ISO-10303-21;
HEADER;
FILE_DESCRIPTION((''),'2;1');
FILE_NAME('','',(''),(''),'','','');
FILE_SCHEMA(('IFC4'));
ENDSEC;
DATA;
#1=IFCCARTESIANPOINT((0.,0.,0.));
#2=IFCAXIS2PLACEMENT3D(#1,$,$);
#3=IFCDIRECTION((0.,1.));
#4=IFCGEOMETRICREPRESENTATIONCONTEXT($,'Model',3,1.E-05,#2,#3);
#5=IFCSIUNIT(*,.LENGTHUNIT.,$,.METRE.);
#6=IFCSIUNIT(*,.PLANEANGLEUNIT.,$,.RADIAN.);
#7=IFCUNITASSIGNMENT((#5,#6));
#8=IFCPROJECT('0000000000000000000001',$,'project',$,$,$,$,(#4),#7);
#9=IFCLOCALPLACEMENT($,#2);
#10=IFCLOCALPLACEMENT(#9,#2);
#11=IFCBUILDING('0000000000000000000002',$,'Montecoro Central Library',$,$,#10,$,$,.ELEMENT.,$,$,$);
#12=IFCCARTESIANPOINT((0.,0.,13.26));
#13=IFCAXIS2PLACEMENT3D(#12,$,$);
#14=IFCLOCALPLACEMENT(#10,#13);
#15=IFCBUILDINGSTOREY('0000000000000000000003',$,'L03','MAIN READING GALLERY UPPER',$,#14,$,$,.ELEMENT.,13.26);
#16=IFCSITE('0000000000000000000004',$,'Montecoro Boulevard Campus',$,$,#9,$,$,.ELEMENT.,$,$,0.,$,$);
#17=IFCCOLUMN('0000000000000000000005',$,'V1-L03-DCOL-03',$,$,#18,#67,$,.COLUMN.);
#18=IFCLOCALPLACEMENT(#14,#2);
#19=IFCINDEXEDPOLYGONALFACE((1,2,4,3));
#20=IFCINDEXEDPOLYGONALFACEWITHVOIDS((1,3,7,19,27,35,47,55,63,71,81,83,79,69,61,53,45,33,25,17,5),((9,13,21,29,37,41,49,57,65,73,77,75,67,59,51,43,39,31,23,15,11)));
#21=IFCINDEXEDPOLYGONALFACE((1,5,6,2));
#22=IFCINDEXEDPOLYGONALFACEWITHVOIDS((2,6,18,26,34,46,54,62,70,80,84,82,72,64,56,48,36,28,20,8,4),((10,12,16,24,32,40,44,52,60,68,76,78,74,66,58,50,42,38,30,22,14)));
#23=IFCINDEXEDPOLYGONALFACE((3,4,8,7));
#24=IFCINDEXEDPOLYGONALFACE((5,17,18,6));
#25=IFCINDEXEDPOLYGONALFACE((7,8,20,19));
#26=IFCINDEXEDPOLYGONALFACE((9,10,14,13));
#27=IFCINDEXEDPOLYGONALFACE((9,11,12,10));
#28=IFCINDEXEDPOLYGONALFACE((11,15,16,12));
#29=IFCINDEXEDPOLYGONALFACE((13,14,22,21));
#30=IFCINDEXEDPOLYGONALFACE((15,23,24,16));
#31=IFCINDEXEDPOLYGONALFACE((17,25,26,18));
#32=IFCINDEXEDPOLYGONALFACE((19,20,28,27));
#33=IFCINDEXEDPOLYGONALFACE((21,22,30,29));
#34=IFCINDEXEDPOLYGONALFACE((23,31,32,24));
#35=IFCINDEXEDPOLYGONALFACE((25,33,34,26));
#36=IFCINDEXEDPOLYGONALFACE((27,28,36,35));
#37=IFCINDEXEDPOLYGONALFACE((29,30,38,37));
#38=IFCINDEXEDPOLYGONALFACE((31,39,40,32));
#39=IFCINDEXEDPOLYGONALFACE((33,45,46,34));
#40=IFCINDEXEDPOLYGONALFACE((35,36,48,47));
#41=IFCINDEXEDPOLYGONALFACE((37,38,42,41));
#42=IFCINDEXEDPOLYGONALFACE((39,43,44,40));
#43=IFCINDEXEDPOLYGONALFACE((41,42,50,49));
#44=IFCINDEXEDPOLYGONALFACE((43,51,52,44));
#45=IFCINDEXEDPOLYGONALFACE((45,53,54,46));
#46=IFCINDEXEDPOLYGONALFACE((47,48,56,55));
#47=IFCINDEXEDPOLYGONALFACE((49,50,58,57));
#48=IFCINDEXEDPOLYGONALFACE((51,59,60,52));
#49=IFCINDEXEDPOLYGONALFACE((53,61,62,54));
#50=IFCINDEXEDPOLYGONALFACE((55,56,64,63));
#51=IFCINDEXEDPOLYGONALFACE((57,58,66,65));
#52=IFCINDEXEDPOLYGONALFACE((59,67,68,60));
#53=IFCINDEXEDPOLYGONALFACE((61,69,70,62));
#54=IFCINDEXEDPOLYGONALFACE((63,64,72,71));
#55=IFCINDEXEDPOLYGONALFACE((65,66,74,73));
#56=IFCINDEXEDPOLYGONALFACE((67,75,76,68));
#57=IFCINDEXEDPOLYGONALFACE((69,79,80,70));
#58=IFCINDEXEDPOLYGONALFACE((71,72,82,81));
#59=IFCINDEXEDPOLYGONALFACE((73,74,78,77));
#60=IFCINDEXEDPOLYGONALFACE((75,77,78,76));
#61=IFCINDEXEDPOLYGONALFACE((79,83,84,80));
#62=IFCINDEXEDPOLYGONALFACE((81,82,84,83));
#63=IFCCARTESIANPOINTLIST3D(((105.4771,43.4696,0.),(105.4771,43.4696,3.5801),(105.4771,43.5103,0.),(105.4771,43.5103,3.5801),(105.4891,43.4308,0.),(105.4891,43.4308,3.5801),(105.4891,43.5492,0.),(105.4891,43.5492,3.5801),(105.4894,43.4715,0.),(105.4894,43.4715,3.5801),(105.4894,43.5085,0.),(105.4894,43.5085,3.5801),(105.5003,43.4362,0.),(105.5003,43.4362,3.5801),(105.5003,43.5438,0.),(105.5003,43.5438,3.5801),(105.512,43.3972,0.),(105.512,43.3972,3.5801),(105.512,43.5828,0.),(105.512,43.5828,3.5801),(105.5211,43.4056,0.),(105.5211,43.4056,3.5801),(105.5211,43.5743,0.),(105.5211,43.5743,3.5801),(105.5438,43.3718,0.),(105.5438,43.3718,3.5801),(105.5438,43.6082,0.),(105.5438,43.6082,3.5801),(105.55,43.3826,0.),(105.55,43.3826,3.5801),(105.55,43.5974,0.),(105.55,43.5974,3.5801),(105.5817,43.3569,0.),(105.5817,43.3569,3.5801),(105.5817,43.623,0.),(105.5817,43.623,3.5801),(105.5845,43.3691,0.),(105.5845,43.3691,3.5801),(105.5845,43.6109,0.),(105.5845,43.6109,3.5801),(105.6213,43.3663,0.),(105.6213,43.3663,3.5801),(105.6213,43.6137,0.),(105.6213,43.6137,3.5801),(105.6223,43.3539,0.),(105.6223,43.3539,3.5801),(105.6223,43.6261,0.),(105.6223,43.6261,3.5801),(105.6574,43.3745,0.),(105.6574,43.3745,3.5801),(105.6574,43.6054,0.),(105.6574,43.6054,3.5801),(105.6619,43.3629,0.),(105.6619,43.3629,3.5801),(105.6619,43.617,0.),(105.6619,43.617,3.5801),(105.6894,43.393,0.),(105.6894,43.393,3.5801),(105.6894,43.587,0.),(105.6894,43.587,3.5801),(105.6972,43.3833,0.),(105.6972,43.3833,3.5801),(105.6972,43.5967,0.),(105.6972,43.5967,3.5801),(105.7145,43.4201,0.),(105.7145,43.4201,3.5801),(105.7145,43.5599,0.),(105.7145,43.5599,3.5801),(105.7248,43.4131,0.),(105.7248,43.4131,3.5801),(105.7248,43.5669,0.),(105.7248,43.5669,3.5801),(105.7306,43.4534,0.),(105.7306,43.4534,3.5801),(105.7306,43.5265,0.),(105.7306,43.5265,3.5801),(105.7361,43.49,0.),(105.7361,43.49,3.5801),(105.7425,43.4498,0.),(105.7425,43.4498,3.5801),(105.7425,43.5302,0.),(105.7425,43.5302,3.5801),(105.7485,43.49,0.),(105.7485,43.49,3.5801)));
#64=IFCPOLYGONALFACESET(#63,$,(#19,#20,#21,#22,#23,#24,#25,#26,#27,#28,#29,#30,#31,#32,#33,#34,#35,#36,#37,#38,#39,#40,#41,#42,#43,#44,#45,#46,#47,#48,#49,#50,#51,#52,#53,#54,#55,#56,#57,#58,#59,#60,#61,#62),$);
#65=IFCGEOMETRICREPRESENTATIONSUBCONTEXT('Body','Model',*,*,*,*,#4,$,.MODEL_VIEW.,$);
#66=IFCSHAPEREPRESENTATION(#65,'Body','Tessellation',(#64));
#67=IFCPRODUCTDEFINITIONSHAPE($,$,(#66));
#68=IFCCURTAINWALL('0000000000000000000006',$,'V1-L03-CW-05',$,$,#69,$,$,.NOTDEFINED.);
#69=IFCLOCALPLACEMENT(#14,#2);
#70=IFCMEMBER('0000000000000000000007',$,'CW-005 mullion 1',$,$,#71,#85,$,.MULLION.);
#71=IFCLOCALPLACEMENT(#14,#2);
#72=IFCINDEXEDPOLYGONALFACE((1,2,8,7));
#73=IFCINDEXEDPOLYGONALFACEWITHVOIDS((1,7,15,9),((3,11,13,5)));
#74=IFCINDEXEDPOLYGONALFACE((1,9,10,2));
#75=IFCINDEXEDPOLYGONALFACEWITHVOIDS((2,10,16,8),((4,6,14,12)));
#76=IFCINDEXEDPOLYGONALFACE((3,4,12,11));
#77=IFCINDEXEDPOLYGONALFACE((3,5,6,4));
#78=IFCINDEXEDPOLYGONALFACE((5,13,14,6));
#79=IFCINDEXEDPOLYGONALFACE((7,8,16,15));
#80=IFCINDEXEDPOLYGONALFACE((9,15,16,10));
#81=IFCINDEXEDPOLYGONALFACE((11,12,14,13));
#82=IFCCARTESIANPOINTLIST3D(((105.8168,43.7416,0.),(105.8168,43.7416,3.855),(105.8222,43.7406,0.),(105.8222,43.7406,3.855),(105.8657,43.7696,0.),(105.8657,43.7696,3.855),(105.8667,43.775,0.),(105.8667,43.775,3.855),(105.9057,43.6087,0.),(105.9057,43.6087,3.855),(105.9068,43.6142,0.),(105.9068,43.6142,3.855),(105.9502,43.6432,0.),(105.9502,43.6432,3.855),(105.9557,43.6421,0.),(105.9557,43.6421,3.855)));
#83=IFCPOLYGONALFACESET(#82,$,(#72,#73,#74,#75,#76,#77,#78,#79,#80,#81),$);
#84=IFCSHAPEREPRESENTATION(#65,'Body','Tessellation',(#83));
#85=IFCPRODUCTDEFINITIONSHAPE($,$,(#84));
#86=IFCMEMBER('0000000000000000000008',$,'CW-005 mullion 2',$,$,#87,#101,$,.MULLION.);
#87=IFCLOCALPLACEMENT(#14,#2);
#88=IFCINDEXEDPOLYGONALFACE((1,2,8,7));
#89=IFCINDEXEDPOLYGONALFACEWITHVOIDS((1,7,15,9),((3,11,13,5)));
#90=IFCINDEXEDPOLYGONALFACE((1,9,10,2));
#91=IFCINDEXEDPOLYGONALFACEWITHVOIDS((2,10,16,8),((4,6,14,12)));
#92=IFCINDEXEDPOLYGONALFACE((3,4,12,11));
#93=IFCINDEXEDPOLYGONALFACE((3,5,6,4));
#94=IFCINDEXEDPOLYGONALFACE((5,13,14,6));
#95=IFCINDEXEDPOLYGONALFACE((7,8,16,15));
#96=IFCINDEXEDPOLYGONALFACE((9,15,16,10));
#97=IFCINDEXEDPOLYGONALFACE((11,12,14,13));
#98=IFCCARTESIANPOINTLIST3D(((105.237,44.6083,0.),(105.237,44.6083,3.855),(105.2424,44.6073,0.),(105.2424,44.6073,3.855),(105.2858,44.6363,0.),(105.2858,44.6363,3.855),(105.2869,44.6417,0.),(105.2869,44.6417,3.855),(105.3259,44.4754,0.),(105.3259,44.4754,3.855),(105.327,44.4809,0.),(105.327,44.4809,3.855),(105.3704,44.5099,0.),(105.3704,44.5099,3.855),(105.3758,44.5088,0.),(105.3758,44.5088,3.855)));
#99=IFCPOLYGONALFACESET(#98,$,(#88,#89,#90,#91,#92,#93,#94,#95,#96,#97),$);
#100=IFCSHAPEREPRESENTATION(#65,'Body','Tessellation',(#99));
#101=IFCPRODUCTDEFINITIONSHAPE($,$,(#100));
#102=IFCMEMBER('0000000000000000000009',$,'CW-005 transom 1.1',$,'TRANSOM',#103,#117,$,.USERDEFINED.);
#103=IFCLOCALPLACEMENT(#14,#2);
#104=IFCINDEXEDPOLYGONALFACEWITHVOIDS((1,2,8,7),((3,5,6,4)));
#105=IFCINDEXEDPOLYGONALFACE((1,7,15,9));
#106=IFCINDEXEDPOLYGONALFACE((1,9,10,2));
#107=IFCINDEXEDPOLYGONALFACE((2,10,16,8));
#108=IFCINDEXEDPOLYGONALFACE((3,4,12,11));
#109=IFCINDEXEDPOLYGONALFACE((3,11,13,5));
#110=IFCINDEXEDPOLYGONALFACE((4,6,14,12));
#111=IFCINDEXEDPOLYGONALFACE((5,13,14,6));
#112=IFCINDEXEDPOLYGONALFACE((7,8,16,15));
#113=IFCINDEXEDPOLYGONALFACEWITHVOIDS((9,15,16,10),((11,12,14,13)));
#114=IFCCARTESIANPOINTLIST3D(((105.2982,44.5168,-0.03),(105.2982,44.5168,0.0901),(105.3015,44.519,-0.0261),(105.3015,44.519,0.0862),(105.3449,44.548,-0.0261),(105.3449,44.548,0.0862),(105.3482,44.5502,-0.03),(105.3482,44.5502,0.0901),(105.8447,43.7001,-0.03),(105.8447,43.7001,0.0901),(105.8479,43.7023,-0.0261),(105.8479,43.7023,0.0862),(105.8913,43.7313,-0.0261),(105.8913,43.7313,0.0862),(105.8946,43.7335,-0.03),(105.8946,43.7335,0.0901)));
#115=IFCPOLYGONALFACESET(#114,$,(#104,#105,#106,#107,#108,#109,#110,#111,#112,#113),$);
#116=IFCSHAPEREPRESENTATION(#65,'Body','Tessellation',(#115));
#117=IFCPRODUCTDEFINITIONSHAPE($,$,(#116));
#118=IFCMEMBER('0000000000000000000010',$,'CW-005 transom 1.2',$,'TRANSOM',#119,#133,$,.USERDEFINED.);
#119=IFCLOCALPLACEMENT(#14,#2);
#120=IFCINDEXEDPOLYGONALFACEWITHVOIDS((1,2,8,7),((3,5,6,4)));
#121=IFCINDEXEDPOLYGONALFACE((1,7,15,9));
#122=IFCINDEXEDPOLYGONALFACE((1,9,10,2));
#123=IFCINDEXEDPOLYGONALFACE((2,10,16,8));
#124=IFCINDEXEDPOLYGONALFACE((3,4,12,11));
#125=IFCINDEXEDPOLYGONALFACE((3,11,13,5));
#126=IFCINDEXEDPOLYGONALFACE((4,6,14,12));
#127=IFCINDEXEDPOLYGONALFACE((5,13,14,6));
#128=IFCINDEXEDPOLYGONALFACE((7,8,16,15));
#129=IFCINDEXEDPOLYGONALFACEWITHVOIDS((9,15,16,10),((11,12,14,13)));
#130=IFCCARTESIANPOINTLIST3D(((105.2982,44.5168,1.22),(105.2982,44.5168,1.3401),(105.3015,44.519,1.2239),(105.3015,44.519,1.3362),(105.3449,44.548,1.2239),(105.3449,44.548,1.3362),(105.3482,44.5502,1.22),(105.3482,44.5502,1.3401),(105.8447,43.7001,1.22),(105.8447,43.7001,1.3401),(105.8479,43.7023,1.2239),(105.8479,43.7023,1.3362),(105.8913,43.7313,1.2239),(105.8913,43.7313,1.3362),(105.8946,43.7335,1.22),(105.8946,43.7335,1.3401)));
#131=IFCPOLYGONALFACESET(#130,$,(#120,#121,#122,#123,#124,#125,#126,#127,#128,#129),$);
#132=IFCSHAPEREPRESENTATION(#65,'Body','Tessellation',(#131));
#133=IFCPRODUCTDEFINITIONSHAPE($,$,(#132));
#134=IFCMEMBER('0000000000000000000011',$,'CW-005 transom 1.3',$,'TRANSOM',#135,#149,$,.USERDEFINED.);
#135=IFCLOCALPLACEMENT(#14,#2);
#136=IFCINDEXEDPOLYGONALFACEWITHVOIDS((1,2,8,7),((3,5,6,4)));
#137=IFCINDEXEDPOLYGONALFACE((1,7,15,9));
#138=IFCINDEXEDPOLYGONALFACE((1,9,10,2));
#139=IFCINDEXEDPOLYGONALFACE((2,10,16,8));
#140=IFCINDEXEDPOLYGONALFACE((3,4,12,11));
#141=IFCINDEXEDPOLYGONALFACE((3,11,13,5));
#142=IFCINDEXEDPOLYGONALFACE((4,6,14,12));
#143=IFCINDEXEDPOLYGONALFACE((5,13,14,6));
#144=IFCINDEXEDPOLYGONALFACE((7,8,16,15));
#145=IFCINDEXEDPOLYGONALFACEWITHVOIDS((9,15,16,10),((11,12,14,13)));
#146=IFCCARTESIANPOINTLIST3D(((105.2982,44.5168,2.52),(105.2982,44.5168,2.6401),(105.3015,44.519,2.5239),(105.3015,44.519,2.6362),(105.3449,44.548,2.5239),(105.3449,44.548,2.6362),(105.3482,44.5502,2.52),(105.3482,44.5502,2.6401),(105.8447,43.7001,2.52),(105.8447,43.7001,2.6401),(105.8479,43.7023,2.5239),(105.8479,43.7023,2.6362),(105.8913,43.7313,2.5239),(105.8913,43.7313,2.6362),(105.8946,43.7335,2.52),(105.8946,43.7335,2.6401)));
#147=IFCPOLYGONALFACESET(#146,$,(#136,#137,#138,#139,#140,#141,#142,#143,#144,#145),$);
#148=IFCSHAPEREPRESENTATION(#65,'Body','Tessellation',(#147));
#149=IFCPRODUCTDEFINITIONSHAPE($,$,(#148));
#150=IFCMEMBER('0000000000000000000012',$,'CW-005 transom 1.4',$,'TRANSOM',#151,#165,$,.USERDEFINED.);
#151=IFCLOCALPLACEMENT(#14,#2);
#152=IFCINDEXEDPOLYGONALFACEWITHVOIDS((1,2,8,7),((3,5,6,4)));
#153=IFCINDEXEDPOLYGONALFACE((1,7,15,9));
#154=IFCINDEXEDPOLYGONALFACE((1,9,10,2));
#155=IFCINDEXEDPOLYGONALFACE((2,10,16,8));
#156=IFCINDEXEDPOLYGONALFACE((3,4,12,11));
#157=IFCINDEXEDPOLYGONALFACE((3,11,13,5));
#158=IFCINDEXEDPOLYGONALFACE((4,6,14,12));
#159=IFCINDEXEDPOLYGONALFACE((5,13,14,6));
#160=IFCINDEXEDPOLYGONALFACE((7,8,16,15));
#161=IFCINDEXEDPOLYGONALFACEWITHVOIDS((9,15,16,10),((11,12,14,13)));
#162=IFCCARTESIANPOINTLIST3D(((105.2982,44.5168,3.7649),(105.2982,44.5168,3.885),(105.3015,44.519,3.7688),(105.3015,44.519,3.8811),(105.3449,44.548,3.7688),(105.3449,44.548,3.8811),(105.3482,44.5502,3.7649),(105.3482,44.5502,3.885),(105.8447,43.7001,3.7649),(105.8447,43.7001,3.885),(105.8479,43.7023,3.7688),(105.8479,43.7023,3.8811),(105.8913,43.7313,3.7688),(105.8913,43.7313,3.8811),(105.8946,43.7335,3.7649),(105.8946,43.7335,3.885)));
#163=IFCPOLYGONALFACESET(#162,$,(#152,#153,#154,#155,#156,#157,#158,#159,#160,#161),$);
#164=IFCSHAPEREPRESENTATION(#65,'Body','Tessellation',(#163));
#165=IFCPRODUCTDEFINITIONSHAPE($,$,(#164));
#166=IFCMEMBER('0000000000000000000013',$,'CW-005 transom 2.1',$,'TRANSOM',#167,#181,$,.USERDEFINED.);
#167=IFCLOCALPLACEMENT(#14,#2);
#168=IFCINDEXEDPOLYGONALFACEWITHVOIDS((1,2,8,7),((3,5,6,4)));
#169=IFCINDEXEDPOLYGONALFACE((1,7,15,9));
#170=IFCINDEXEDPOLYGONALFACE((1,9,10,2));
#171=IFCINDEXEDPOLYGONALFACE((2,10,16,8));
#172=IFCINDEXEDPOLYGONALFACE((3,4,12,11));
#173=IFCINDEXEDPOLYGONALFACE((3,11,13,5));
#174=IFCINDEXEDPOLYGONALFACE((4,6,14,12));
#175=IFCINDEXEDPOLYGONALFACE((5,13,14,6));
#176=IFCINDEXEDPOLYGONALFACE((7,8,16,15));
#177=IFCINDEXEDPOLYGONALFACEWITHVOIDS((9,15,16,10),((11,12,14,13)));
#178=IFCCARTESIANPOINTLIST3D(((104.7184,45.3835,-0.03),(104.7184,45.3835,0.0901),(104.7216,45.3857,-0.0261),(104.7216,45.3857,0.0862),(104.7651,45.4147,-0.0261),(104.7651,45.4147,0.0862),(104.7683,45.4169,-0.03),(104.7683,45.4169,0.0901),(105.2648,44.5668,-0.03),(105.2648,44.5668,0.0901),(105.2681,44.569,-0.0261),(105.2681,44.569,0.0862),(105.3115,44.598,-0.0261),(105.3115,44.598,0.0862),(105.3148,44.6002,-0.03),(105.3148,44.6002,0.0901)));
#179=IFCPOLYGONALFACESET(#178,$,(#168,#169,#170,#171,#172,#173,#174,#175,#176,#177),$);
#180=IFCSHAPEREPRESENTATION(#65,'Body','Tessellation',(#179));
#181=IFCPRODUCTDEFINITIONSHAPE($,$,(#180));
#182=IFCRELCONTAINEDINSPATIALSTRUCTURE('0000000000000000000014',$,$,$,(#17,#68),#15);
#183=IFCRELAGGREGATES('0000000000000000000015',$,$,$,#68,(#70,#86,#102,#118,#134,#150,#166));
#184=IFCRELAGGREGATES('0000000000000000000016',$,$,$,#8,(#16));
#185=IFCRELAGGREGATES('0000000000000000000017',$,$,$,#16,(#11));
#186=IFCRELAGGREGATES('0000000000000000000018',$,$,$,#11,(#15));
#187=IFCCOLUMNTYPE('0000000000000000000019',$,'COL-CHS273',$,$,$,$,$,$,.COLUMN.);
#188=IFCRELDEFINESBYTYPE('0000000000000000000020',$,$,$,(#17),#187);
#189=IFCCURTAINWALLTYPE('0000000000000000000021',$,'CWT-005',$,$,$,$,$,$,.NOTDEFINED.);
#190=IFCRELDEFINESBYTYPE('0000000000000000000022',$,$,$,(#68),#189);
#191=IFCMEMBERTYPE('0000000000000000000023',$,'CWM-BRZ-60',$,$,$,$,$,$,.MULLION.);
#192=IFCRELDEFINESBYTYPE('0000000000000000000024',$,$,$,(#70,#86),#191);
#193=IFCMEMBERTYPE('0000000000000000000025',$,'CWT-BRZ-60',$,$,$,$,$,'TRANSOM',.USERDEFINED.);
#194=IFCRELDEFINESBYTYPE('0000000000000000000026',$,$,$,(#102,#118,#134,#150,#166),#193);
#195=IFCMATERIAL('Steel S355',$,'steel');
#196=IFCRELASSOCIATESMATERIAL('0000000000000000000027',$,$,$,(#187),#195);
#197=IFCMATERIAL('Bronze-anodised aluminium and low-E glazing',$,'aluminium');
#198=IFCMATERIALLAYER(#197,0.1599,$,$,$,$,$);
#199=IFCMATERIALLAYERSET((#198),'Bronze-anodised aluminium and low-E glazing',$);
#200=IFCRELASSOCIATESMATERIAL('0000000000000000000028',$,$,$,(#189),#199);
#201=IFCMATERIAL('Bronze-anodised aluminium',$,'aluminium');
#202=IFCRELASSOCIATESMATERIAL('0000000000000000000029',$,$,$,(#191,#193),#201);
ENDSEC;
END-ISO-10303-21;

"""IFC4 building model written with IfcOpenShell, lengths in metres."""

from ifc_helpers import new_model, si_unit, direction, frame, origin, origin_2d, place, context, subcontext, project, spatial, hollow_rectangle, hollow_circle, extrude, material, layer, layer_set, material_profile, profile_set, type_object, element, aggregate, save


model = new_model("IFC4")

# Units and contexts
model_context = context("Model", 3, precision=1e-05, world=origin(), true_north=direction((0.0, 1.0)))
body_context = subcontext(model_context, "Body", "Model", "MODEL_VIEW")
ifc_project = project(units=[si_unit("LENGTHUNIT", "METRE"), si_unit("PLANEANGLEUNIT", "RADIAN")], contexts=[model_context])

# Site, building, storey
site_placement = place(None, origin())
site = spatial("IfcSite", under=ifc_project, at=site_placement, Name="Montecoro Boulevard Campus", CompositionType="ELEMENT", RefElevation=0.0)
building_placement = place(site_placement, origin())
building = spatial("IfcBuilding", under=site, at=building_placement, Name="Montecoro Central Library", CompositionType="ELEMENT")
storey_placement = place(building_placement, frame((0.0, 0.0, 13.26)))
storey = spatial("IfcBuildingStorey", under=building, at=storey_placement, Name="L03", Description="MAIN READING GALLERY UPPER", CompositionType="ELEMENT", Elevation=13.26)

# Column
ifc_material_1 = material(Name="Steel S355", Category="steel")
ifc_material_profile_1 = material_profile(ifc_material_1, hollow_circle(Radius=0.1365, WallThickness=0.0125, at=origin_2d()), Name="CHS 273.0x12.5")
ifc_profile_set_1 = profile_set([ifc_material_profile_1], Name="Steel S355")
column_type = type_object("IfcColumnType", Name="COL-CHS273", PredefinedType="COLUMN", material=ifc_profile_set_1)
column_placement = place(storey_placement, frame((105.6121, 43.49, 0.0), z_axis=(0.0, 0.0, 1.0), x_axis=(1.0, 0.0, 0.0)))
element("IfcColumn", 1, at=column_placement, inside=storey, type_object=column_type, Name="V1-L03-DCOL-03", PredefinedType="COLUMN", context=body_context, shape_type="SweptSolid", body=[
    extrude(hollow_circle(Radius=0.1365, WallThickness=0.0125, at=origin_2d()), origin(), (0.0, 0.0, 1.0), 3.5801),
])

# Curtain wall, members
ifc_material_2 = material(Name="Bronze-anodised aluminium and low-E glazing", Category="aluminium")
ifc_layer_1 = layer(ifc_material_2, 0.1599)
ifc_layer_set_1 = layer_set([ifc_layer_1], Name="Bronze-anodised aluminium and low-E glazing")
curtain_wall_type = type_object("IfcCurtainWallType", Name="CWT-005", PredefinedType="NOTDEFINED", material=ifc_layer_set_1)
curtain_wall_placement = place(storey_placement, origin())
curtain_wall = element("IfcCurtainWall", 2, at=curtain_wall_placement, inside=storey, type_object=curtain_wall_type, Name="V1-L03-CW-05", PredefinedType="NOTDEFINED")
ifc_material_3 = material(Name="Bronze-anodised aluminium", Category="aluminium")
ifc_material_profile_2 = material_profile(ifc_material_3, hollow_rectangle(XDim=0.0601, YDim=0.1599, WallThickness=0.0039, at=origin_2d()), Name="CWM 160x60x4.0")
ifc_profile_set_2 = profile_set([ifc_material_profile_2], Name="Bronze-anodised aluminium")
member_type_1 = type_object("IfcMemberType", Name="CWM-BRZ-60", PredefinedType="MULLION", material=ifc_profile_set_2)
member_1_placement = place(storey_placement, frame((105.8862, 43.6919, 0.0), z_axis=(0.0, 0.0, 1.0), x_axis=(-0.831117, -0.556098, 0.0)))
member_1 = element("IfcMember", 3, at=member_1_placement, type_object=member_type_1, Name="CW-005 mullion 1", PredefinedType="MULLION", context=body_context, shape_type="SweptSolid", body=[
    extrude(hollow_rectangle(XDim=0.0601, YDim=0.1599, WallThickness=0.0039, at=origin_2d()), origin(), (0.0, 0.0, 1.0), 3.855),
])
member_2_placement = place(storey_placement, frame((105.3064, 44.5586, 0.0), z_axis=(0.0, 0.0, 1.0), x_axis=(-0.831117, -0.556098, 0.0)))
member_2 = element("IfcMember", 4, at=member_2_placement, type_object=member_type_1, Name="CW-005 mullion 2", PredefinedType="MULLION", context=body_context, shape_type="SweptSolid", body=[
    extrude(hollow_rectangle(XDim=0.0601, YDim=0.1599, WallThickness=0.0039, at=origin_2d()), origin(), (0.0, 0.0, 1.0), 3.855),
])
ifc_material_profile_3 = material_profile(ifc_material_3, hollow_rectangle(XDim=0.0601, YDim=0.1201, WallThickness=0.0039, at=origin_2d()), Name="CWT 120x60x4.0")
ifc_profile_set_3 = profile_set([ifc_material_profile_3], Name="Bronze-anodised aluminium")
member_type_2 = type_object("IfcMemberType", Name="CWT-BRZ-60", ElementType="TRANSOM", PredefinedType="USERDEFINED", material=ifc_profile_set_3)
member_3_placement = place(storey_placement, frame((105.8696, 43.7168, 0.03), z_axis=(-0.556076, 0.831132, 0.0), x_axis=(-0.831132, -0.556076, 0.0)))
member_3 = element("IfcMember", 5, at=member_3_placement, type_object=member_type_2, Name="CW-005 transom 1.1", ObjectType="TRANSOM", PredefinedType="USERDEFINED", context=body_context, shape_type="SweptSolid", body=[
    extrude(hollow_rectangle(XDim=0.0601, YDim=0.1201, WallThickness=0.0039, at=origin_2d()), origin(), (0.0, 0.0, 1.0), 0.9827),
])
member_4_placement = place(storey_placement, frame((105.8696, 43.7168, 1.28), z_axis=(-0.556076, 0.831132, 0.0), x_axis=(-0.831132, -0.556076, 0.0)))
member_4 = element("IfcMember", 6, at=member_4_placement, type_object=member_type_2, Name="CW-005 transom 1.2", ObjectType="TRANSOM", PredefinedType="USERDEFINED", context=body_context, shape_type="SweptSolid", body=[
    extrude(hollow_rectangle(XDim=0.0601, YDim=0.1201, WallThickness=0.0039, at=origin_2d()), origin(), (0.0, 0.0, 1.0), 0.9827),
])
member_5_placement = place(storey_placement, frame((105.8696, 43.7168, 2.5801), z_axis=(-0.556076, 0.831132, 0.0), x_axis=(-0.831132, -0.556076, 0.0)))
member_5 = element("IfcMember", 7, at=member_5_placement, type_object=member_type_2, Name="CW-005 transom 1.3", ObjectType="TRANSOM", PredefinedType="USERDEFINED", context=body_context, shape_type="SweptSolid", body=[
    extrude(hollow_rectangle(XDim=0.0601, YDim=0.1201, WallThickness=0.0039, at=origin_2d()), origin(), (0.0, 0.0, 1.0), 0.9827),
])
member_6_placement = place(storey_placement, frame((105.8696, 43.7168, 3.825), z_axis=(-0.556076, 0.831132, 0.0), x_axis=(-0.831132, -0.556076, 0.0)))
member_6 = element("IfcMember", 8, at=member_6_placement, type_object=member_type_2, Name="CW-005 transom 1.4", ObjectType="TRANSOM", PredefinedType="USERDEFINED", context=body_context, shape_type="SweptSolid", body=[
    extrude(hollow_rectangle(XDim=0.0601, YDim=0.1201, WallThickness=0.0039, at=origin_2d()), origin(), (0.0, 0.0, 1.0), 0.9827),
])
member_7_placement = place(storey_placement, frame((105.2898, 44.5835, 0.03), z_axis=(-0.556076, 0.831132, 0.0), x_axis=(-0.831132, -0.556076, 0.0)))
member_7 = element("IfcMember", 9, at=member_7_placement, type_object=member_type_2, Name="CW-005 transom 2.1", ObjectType="TRANSOM", PredefinedType="USERDEFINED", context=body_context, shape_type="SweptSolid", body=[
    extrude(hollow_rectangle(XDim=0.0601, YDim=0.1201, WallThickness=0.0039, at=origin_2d()), origin(), (0.0, 0.0, 1.0), 0.9827),
])
aggregate(curtain_wall, [member_1, member_2, member_3, member_4, member_5, member_6, member_7])

save(model, "model.ifc")
